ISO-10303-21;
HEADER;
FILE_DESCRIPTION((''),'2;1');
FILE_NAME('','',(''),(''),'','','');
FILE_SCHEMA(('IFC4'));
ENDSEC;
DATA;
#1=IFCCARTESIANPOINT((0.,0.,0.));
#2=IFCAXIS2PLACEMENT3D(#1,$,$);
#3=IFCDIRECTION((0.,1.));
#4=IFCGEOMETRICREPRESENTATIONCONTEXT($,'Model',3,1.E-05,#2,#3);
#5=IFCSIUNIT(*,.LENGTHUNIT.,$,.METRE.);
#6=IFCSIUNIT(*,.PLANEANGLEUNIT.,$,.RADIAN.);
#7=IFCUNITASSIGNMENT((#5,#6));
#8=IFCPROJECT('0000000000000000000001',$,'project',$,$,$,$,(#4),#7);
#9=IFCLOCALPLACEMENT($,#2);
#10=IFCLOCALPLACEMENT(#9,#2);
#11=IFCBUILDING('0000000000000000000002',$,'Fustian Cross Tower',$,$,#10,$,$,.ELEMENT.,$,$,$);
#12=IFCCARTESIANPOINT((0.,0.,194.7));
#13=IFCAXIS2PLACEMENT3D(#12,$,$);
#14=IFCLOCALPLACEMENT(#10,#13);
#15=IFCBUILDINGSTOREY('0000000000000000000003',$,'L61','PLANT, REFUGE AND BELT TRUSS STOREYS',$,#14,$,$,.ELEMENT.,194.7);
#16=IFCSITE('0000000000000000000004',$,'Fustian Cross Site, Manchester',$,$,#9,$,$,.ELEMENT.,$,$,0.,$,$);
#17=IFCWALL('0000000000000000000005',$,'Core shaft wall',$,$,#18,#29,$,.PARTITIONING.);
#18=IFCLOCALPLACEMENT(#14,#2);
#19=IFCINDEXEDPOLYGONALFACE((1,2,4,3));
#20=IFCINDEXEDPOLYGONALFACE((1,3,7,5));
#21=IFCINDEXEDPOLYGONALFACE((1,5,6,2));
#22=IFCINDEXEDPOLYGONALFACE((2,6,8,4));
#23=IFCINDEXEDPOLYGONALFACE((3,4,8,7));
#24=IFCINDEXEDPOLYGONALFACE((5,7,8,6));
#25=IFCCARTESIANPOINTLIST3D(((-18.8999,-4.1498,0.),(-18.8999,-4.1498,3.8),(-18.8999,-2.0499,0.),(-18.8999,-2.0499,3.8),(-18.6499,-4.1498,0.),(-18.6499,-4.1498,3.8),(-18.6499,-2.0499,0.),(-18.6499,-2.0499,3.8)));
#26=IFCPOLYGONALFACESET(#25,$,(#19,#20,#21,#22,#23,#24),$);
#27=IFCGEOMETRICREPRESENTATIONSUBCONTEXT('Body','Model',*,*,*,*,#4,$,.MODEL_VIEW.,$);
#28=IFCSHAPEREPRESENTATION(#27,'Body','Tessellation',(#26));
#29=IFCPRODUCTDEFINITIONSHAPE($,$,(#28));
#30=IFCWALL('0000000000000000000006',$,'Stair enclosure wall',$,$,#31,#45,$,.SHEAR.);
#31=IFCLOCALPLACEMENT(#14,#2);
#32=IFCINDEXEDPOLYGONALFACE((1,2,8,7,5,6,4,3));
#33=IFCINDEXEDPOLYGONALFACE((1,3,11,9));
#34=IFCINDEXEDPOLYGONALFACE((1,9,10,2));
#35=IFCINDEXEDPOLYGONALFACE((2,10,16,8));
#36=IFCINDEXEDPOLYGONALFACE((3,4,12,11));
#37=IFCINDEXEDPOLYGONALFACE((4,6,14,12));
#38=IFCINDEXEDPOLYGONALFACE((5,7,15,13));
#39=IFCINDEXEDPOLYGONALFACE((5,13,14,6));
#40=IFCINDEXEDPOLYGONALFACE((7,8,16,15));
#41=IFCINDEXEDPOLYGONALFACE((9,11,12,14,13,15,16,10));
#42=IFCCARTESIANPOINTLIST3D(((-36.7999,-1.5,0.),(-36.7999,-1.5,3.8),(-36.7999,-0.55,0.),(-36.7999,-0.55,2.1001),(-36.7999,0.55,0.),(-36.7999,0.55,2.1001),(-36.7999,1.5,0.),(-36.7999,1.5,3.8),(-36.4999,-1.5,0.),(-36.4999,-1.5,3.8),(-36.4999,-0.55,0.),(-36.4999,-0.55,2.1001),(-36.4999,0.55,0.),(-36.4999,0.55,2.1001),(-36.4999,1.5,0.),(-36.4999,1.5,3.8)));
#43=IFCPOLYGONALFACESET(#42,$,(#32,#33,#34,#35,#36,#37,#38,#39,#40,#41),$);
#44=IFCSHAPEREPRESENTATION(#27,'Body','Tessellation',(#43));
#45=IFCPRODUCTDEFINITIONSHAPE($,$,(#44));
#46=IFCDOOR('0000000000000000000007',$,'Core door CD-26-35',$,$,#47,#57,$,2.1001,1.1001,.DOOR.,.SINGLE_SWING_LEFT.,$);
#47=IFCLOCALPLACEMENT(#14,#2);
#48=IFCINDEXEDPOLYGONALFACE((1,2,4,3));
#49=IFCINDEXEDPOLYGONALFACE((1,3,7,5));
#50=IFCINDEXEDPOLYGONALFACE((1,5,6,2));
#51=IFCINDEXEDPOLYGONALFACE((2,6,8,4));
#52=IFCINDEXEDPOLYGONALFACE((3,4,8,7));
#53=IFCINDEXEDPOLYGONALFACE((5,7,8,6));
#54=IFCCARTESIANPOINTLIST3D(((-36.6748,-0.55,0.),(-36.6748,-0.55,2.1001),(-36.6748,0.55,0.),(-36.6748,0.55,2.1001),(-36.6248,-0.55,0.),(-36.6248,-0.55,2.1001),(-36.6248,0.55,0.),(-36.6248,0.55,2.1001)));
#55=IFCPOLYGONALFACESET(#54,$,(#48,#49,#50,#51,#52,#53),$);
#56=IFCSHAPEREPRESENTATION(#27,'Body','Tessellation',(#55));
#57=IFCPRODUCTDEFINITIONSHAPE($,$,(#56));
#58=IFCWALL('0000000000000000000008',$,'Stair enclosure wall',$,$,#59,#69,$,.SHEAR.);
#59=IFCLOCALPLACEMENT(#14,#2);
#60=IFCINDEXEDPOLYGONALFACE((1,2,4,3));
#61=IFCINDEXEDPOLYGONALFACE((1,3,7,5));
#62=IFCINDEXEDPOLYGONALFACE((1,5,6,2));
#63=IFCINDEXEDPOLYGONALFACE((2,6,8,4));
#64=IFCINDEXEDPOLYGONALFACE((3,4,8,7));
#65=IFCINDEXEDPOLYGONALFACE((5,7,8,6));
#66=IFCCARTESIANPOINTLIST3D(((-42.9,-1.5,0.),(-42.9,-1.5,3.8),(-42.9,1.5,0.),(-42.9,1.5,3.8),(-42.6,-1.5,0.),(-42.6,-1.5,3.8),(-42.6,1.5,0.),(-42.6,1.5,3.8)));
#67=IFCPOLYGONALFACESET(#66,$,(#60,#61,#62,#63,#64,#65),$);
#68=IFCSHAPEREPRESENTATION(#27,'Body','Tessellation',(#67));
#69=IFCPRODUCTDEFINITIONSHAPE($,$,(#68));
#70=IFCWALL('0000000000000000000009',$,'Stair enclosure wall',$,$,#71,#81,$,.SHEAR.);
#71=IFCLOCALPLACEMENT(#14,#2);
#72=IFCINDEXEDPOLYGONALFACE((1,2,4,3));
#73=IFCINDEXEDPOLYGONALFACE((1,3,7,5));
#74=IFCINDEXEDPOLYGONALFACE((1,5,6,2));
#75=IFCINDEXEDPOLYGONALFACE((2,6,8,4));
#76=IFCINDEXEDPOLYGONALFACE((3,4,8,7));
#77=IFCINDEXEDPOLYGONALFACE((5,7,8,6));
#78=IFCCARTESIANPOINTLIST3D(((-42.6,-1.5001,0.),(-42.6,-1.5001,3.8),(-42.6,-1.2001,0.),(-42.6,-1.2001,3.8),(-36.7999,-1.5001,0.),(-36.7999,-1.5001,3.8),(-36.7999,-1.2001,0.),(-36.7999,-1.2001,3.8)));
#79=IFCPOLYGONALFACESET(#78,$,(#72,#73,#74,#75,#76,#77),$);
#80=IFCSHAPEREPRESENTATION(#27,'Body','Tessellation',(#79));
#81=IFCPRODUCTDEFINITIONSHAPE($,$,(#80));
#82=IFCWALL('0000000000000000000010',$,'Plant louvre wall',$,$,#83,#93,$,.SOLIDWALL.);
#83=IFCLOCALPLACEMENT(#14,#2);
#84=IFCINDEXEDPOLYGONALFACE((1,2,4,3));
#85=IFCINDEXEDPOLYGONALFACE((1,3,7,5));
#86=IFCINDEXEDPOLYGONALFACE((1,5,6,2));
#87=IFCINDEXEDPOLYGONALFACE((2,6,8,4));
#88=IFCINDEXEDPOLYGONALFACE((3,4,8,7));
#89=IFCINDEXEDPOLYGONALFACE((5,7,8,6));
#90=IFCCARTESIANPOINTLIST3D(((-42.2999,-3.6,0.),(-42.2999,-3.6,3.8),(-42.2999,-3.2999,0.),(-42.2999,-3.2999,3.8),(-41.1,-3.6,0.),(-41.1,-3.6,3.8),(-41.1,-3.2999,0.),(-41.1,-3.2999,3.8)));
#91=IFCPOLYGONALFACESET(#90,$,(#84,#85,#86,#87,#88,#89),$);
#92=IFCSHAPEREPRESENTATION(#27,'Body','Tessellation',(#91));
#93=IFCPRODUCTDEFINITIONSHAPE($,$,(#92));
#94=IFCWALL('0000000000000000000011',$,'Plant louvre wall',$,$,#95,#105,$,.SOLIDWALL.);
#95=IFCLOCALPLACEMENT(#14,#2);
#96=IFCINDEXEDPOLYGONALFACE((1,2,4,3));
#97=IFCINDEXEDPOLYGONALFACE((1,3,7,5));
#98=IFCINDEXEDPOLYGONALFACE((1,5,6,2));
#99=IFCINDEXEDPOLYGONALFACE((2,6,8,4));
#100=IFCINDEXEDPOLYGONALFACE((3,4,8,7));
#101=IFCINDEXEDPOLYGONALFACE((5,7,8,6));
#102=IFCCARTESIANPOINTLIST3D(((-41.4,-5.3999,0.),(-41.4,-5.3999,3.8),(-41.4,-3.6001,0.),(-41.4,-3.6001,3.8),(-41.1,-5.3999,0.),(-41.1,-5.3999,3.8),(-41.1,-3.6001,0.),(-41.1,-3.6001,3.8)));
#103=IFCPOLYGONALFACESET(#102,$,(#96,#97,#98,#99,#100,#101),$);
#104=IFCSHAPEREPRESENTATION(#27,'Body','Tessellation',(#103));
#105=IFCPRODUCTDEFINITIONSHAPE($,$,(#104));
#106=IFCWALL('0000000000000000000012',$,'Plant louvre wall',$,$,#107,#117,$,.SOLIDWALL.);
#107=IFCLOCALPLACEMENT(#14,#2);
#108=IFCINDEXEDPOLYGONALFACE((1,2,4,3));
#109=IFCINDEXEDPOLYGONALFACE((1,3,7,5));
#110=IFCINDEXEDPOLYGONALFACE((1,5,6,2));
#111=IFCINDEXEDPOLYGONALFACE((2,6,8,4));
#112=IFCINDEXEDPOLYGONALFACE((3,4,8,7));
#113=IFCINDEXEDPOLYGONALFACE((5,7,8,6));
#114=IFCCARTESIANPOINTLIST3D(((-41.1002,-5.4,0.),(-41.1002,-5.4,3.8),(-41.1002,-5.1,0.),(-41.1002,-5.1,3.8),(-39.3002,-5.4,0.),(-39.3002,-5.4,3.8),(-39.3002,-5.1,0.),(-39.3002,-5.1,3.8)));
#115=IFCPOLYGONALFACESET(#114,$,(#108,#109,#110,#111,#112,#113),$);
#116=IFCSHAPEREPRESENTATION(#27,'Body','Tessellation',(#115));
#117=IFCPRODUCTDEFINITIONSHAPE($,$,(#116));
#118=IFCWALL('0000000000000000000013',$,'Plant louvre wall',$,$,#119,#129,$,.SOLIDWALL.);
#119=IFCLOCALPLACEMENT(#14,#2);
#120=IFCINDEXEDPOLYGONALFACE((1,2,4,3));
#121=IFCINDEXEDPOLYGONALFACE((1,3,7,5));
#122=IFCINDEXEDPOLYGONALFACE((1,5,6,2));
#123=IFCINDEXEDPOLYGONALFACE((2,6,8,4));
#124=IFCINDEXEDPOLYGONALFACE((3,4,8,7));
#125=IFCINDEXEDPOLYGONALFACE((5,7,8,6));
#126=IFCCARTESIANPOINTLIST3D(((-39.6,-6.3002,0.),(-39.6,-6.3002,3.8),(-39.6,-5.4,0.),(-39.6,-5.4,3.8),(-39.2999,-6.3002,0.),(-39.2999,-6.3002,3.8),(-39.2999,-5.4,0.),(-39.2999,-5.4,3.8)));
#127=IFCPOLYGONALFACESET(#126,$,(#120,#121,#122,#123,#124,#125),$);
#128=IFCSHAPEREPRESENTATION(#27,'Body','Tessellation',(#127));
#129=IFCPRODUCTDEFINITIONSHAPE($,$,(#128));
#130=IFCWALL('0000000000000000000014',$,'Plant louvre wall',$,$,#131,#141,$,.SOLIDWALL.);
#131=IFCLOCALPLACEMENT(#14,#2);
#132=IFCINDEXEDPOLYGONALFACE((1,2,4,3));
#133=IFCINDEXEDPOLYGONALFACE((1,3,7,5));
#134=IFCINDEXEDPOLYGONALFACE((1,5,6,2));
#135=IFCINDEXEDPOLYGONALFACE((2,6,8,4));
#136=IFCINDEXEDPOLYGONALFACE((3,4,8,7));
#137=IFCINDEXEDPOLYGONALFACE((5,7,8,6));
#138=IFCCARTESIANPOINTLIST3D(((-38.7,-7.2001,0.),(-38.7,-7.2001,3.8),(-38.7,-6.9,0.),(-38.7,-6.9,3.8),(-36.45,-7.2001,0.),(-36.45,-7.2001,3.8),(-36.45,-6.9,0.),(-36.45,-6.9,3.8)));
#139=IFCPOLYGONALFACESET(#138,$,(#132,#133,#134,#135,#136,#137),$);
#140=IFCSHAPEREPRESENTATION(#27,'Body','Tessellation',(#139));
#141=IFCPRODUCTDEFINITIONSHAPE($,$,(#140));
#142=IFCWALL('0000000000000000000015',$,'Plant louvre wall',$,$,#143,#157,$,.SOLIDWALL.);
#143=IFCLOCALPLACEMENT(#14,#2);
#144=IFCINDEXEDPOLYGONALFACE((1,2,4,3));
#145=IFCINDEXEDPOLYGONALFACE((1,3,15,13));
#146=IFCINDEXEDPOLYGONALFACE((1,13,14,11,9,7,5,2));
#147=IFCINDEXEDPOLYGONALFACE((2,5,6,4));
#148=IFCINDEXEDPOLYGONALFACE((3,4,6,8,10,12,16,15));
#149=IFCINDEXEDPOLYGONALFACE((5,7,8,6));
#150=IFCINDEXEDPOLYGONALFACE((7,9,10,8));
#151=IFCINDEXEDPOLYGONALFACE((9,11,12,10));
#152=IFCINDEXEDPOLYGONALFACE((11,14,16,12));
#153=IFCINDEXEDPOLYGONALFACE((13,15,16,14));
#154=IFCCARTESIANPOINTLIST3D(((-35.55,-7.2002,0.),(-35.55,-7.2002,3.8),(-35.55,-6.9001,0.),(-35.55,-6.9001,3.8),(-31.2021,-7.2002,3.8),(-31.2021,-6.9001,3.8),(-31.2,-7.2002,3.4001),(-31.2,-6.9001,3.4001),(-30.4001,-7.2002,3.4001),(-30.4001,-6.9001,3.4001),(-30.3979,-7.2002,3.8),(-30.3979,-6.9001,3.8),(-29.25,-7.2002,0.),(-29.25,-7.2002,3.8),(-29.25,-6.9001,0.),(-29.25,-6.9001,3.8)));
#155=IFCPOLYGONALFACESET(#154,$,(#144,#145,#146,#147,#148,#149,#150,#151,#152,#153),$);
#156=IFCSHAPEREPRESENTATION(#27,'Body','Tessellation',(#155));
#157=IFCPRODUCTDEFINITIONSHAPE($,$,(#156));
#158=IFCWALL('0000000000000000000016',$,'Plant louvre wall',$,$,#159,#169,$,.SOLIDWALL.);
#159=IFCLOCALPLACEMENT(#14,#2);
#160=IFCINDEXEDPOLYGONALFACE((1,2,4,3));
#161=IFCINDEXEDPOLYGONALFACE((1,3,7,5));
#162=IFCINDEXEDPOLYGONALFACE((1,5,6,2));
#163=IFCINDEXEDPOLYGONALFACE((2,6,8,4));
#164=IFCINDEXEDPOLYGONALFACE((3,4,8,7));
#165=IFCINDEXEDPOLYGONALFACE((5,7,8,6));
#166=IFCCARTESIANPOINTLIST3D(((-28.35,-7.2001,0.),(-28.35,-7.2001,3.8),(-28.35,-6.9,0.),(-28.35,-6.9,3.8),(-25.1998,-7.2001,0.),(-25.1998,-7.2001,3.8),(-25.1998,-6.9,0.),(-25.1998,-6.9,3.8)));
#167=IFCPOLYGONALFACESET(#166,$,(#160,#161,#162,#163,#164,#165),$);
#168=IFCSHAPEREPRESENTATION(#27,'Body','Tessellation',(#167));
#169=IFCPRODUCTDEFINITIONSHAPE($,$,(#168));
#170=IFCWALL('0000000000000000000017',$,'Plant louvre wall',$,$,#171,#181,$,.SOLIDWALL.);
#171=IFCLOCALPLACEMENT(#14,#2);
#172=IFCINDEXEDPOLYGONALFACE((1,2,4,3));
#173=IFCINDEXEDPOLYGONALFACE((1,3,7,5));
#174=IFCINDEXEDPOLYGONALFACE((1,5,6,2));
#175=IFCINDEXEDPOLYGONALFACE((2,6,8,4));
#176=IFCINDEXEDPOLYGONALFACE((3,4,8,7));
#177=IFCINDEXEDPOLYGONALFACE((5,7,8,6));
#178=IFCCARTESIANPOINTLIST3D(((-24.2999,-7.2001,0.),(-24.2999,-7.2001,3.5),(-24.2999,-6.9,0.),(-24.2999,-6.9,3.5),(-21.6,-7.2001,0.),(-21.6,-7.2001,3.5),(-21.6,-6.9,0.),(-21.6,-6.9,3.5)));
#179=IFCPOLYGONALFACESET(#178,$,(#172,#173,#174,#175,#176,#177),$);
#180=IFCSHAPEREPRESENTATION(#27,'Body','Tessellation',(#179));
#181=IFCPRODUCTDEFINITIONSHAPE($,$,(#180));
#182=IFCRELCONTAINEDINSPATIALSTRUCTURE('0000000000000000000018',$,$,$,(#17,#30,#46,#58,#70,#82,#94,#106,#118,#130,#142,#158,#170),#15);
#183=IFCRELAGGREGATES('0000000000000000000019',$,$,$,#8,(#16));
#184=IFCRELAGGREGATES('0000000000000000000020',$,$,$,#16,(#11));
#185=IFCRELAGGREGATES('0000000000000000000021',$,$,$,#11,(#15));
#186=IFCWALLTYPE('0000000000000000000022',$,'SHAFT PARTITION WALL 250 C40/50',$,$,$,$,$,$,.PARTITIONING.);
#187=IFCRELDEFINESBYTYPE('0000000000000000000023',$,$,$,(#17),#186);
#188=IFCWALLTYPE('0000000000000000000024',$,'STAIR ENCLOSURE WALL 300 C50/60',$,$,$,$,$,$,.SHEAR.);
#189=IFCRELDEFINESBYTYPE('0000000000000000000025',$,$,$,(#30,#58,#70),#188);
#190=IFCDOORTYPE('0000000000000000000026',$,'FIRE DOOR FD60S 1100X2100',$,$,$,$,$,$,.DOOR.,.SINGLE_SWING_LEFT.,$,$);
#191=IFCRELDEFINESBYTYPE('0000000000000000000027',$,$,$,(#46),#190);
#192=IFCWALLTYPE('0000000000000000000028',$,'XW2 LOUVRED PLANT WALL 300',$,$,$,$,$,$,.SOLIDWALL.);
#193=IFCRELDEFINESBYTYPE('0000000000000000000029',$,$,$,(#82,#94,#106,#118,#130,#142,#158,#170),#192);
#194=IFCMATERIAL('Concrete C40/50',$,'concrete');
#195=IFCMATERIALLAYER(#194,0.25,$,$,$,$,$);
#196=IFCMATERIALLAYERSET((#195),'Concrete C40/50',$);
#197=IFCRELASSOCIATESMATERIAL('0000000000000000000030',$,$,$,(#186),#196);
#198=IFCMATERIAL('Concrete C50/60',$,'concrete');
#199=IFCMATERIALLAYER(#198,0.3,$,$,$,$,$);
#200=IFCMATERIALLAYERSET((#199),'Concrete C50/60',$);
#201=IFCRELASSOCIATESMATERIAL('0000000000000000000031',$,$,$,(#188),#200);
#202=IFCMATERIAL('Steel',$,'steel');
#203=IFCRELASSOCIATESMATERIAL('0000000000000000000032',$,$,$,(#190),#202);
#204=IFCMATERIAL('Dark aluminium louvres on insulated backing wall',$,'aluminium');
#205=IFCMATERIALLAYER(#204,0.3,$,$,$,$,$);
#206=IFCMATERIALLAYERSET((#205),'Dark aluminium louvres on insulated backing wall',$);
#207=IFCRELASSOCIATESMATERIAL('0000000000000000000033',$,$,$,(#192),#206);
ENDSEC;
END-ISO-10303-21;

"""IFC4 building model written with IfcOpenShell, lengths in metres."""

from ifc_helpers import new_model, si_unit, direction, frame, frame_2d, origin, place, context, subcontext, project, spatial, polyline, rectangle, outline, extrude, material, layer, layer_set, type_object, element, fill, save


model = new_model("IFC4")

# Units and contexts
model_context = context("Model", 3, precision=1e-05, world=origin(), true_north=direction((0.0, 1.0)))
body_context = subcontext(model_context, "Body", "Model", "MODEL_VIEW")
ifc_project = project(units=[si_unit("LENGTHUNIT", "METRE"), si_unit("PLANEANGLEUNIT", "RADIAN")], contexts=[model_context])

# Site, building, storey
site_placement = place(None, origin())
site = spatial("IfcSite", under=ifc_project, at=site_placement, Name="Fustian Cross Site, Manchester", CompositionType="ELEMENT", RefElevation=0.0)
building_placement = place(site_placement, origin())
building = spatial("IfcBuilding", under=site, at=building_placement, Name="Fustian Cross Tower", CompositionType="ELEMENT")
storey_placement = place(building_placement, frame((0.0, 0.0, 194.7)))
storey = spatial("IfcBuildingStorey", under=building, at=storey_placement, Name="L61", Description="PLANT, REFUGE AND BELT TRUSS STOREYS", CompositionType="ELEMENT", Elevation=194.7)

# Wall
ifc_material_1 = material(Name="Concrete C40/50", Category="concrete")
ifc_layer_1 = layer(ifc_material_1, 0.25)
ifc_layer_set_1 = layer_set([ifc_layer_1], Name="Concrete C40/50")
wall_type_1 = type_object("IfcWallType", Name="SHAFT PARTITION WALL 250 C40/50", PredefinedType="PARTITIONING", material=ifc_layer_set_1)
for number, where, z_axis, x_axis, name in (
    (1, (-18.7749, -2.05, 0.0), (0.0, 0.0, 1.0), (0.0, -1.0, 0.0), "Core shaft wall"),
):
    element("IfcWall", number, at=place(storey_placement, frame(where, z_axis=z_axis, x_axis=x_axis)), inside=storey, type_object=wall_type_1, Name=name, PredefinedType="PARTITIONING", context=body_context, shape_type="SweptSolid", body=[
        extrude(rectangle(XDim=2.0999, YDim=0.25, at=frame_2d((1.0498, 0.0))), origin(), (0.0, 0.0, 1.0), 3.8),
    ])

# Wall, opening, door
ifc_material_2 = material(Name="Concrete C50/60", Category="concrete")
ifc_layer_2 = layer(ifc_material_2, 0.3)
ifc_layer_set_2 = layer_set([ifc_layer_2], Name="Concrete C50/60")
wall_type_2 = type_object("IfcWallType", Name="STAIR ENCLOSURE WALL 300 C50/60", PredefinedType="SHEAR", material=ifc_layer_set_2)
wall_1_placement = place(storey_placement, frame((-36.6499, -1.5, 0.0), z_axis=(0.0, 0.0, 1.0), x_axis=(0.0, 1.0, 0.0)))
wall_1 = element("IfcWall", 2, at=wall_1_placement, inside=storey, type_object=wall_type_2, Name="Stair enclosure wall", PredefinedType="SHEAR", context=body_context, shape_type="SweptSolid", body=[
    extrude(rectangle(XDim=3.0, YDim=0.3, at=frame_2d((1.5, 0.0))), origin(), (0.0, 0.0, 1.0), 3.8),
])
opening_1_placement = place(wall_1_placement, frame((0.95, 0.0, 0.0)))
opening_1 = element("IfcOpeningElement", 3, at=opening_1_placement, cuts=wall_1, PredefinedType="OPENING", context=body_context, shape_type="SweptSolid", body=[
    extrude(rectangle(XDim=1.1001, YDim=2.1001, at=frame_2d((0.55, 1.05))), frame((0.0, 0.1599, 0.0), z_axis=(0.0, -1.0, 0.0), x_axis=(1.0, 0.0, 0.0)), (0.0, 0.0, 1.0), 0.3201),
])
ifc_material_3 = material(Name="Steel", Category="steel")
door_type_1 = type_object("IfcDoorType", Name="FIRE DOOR FD60S 1100X2100", OperationType="SINGLE_SWING_LEFT", PredefinedType="DOOR", material=ifc_material_3)
door_1_placement = place(opening_1_placement, origin())
door_1 = element("IfcDoor", 4, at=door_1_placement, inside=storey, type_object=door_type_1, Name="Core door CD-26-35", OperationType="SINGLE_SWING_LEFT", OverallHeight=2.1001, OverallWidth=1.1001, PredefinedType="DOOR", context=body_context, shape_type="SweptSolid", body=[
    extrude(rectangle(XDim=1.1001, YDim=2.1001, at=frame_2d((0.55, 1.05))), frame((0.0, 0.0249, 0.0), z_axis=(0.0, -1.0, 0.0), x_axis=(1.0, 0.0, 0.0)), (0.0, 0.0, 1.0), 0.05),
])
fill(opening_1, door_1)

# Walls
wall_2_placement = place(storey_placement, frame((-42.75, -1.5, 0.0), z_axis=(0.0, 0.0, 1.0), x_axis=(0.0, 1.0, 0.0)))
element("IfcWall", 5, at=wall_2_placement, inside=storey, type_object=wall_type_2, Name="Stair enclosure wall", PredefinedType="SHEAR", context=body_context, shape_type="SweptSolid", body=[
    extrude(rectangle(XDim=3.0, YDim=0.3, at=frame_2d((1.5, 0.0))), origin(), (0.0, 0.0, 1.0), 3.8),
])
wall_3_placement = place(storey_placement, frame((-36.8, -1.3501, 0.0), z_axis=(0.0, 0.0, 1.0), x_axis=(-1.0, 0.0, 0.0)))
element("IfcWall", 6, at=wall_3_placement, inside=storey, type_object=wall_type_2, Name="Stair enclosure wall", PredefinedType="SHEAR", context=body_context, shape_type="SweptSolid", body=[
    extrude(rectangle(XDim=5.8, YDim=0.3, at=frame_2d((2.8999, 0.0))), origin(), (0.0, 0.0, 1.0), 3.8),
])
ifc_material_4 = material(Name="Dark aluminium louvres on insulated backing wall", Category="aluminium")
ifc_layer_3 = layer(ifc_material_4, 0.3)
ifc_layer_set_3 = layer_set([ifc_layer_3], Name="Dark aluminium louvres on insulated backing wall")
wall_type_3 = type_object("IfcWallType", Name="XW2 LOUVRED PLANT WALL 300", PredefinedType="SOLIDWALL", material=ifc_layer_set_3)
wall_4_placement = place(storey_placement, frame((-42.3, -3.45, 0.0), z_axis=(0.0, 0.0, 1.0), x_axis=(1.0, 0.0, 0.0)))
element("IfcWall", 7, at=wall_4_placement, inside=storey, type_object=wall_type_3, Name="Plant louvre wall", PredefinedType="SOLIDWALL", context=body_context, shape_type="SweptSolid", body=[
    extrude(rectangle(XDim=1.2, YDim=0.3, at=frame_2d((0.6001, 0.0))), origin(), (0.0, 0.0, 1.0), 3.8),
])
wall_5_placement = place(storey_placement, frame((-41.25, -3.6001, 0.0), z_axis=(0.0, 0.0, 1.0), x_axis=(0.0, -1.0, 0.0)))
element("IfcWall", 8, at=wall_5_placement, inside=storey, type_object=wall_type_3, Name="Plant louvre wall", PredefinedType="SOLIDWALL", context=body_context, shape_type="SweptSolid", body=[
    extrude(rectangle(XDim=1.7998, YDim=0.3, at=frame_2d((0.8999, 0.0))), origin(), (0.0, 0.0, 1.0), 3.8),
])
wall_6_placement = place(storey_placement, frame((-41.1001, -5.25, 0.0), z_axis=(0.0, 0.0, 1.0), x_axis=(1.0, 0.0, 0.0)))
element("IfcWall", 9, at=wall_6_placement, inside=storey, type_object=wall_type_3, Name="Plant louvre wall", PredefinedType="SOLIDWALL", context=body_context, shape_type="SweptSolid", body=[
    extrude(rectangle(XDim=1.8, YDim=0.3, at=frame_2d((0.8999, 0.0))), origin(), (0.0, 0.0, 1.0), 3.8),
])
wall_7_placement = place(storey_placement, frame((-39.45, -5.3999, 0.0), z_axis=(0.0, 0.0, 1.0), x_axis=(0.0, -1.0, 0.0)))
element("IfcWall", 10, at=wall_7_placement, inside=storey, type_object=wall_type_3, Name="Plant louvre wall", PredefinedType="SOLIDWALL", context=body_context, shape_type="SweptSolid", body=[
    extrude(rectangle(XDim=0.9001, YDim=0.3, at=frame_2d((0.4502, 0.0))), origin(), (0.0, 0.0, 1.0), 3.8),
])
wall_8_placement = place(storey_placement, frame((-38.7, -7.05, 0.0), z_axis=(0.0, 0.0, 1.0), x_axis=(1.0, 0.0, 0.0)))
element("IfcWall", 11, at=wall_8_placement, inside=storey, type_object=wall_type_3, Name="Plant louvre wall", PredefinedType="SOLIDWALL", context=body_context, shape_type="SweptSolid", body=[
    extrude(rectangle(XDim=2.25, YDim=0.3, at=frame_2d((1.125, 0.0))), origin(), (0.0, 0.0, 1.0), 3.8),
])
wall_9_placement = place(storey_placement, frame((-35.55, -7.05, 0.0), z_axis=(0.0, 0.0, 1.0), x_axis=(1.0, 0.0, 0.0)))
element("IfcWall", 12, at=wall_9_placement, inside=storey, type_object=wall_type_3, Name="Plant louvre wall", PredefinedType="SOLIDWALL", context=body_context, shape_type="SweptSolid", body=[
    extrude(outline(polyline([(0.0, 0.0), (6.3, 0.0), (6.3, 3.8), (5.1521, 3.8), (5.1499, 3.4001), (4.3501, 3.4001), (4.3479, 3.8), (0.0, 3.8), (0.0, 0.0)])), frame((0.0, 0.1499, 0.0), z_axis=(0.0, -1.0, 0.0), x_axis=(1.0, 0.0, 0.0)), (0.0, 0.0, 1.0), 0.3),
])
wall_10_placement = place(storey_placement, frame((-28.3501, -7.05, 0.0), z_axis=(0.0, 0.0, 1.0), x_axis=(1.0, 0.0, 0.0)))
element("IfcWall", 13, at=wall_10_placement, inside=storey, type_object=wall_type_3, Name="Plant louvre wall", PredefinedType="SOLIDWALL", context=body_context, shape_type="SweptSolid", body=[
    extrude(rectangle(XDim=3.1501, YDim=0.3, at=frame_2d((1.5752, 0.0))), origin(), (0.0, 0.0, 1.0), 3.8),
])
wall_11_placement = place(storey_placement, frame((-24.3, -7.05, 0.0), z_axis=(0.0, 0.0, 1.0), x_axis=(1.0, 0.0, 0.0)))
element("IfcWall", 14, at=wall_11_placement, inside=storey, type_object=wall_type_3, Name="Plant louvre wall", PredefinedType="SOLIDWALL", context=body_context, shape_type="SweptSolid", body=[
    extrude(rectangle(XDim=2.7, YDim=0.3, at=frame_2d((1.3501, 0.0))), origin(), (0.0, 0.0, 1.0), 3.5),
])

save(model, "model.ifc")
